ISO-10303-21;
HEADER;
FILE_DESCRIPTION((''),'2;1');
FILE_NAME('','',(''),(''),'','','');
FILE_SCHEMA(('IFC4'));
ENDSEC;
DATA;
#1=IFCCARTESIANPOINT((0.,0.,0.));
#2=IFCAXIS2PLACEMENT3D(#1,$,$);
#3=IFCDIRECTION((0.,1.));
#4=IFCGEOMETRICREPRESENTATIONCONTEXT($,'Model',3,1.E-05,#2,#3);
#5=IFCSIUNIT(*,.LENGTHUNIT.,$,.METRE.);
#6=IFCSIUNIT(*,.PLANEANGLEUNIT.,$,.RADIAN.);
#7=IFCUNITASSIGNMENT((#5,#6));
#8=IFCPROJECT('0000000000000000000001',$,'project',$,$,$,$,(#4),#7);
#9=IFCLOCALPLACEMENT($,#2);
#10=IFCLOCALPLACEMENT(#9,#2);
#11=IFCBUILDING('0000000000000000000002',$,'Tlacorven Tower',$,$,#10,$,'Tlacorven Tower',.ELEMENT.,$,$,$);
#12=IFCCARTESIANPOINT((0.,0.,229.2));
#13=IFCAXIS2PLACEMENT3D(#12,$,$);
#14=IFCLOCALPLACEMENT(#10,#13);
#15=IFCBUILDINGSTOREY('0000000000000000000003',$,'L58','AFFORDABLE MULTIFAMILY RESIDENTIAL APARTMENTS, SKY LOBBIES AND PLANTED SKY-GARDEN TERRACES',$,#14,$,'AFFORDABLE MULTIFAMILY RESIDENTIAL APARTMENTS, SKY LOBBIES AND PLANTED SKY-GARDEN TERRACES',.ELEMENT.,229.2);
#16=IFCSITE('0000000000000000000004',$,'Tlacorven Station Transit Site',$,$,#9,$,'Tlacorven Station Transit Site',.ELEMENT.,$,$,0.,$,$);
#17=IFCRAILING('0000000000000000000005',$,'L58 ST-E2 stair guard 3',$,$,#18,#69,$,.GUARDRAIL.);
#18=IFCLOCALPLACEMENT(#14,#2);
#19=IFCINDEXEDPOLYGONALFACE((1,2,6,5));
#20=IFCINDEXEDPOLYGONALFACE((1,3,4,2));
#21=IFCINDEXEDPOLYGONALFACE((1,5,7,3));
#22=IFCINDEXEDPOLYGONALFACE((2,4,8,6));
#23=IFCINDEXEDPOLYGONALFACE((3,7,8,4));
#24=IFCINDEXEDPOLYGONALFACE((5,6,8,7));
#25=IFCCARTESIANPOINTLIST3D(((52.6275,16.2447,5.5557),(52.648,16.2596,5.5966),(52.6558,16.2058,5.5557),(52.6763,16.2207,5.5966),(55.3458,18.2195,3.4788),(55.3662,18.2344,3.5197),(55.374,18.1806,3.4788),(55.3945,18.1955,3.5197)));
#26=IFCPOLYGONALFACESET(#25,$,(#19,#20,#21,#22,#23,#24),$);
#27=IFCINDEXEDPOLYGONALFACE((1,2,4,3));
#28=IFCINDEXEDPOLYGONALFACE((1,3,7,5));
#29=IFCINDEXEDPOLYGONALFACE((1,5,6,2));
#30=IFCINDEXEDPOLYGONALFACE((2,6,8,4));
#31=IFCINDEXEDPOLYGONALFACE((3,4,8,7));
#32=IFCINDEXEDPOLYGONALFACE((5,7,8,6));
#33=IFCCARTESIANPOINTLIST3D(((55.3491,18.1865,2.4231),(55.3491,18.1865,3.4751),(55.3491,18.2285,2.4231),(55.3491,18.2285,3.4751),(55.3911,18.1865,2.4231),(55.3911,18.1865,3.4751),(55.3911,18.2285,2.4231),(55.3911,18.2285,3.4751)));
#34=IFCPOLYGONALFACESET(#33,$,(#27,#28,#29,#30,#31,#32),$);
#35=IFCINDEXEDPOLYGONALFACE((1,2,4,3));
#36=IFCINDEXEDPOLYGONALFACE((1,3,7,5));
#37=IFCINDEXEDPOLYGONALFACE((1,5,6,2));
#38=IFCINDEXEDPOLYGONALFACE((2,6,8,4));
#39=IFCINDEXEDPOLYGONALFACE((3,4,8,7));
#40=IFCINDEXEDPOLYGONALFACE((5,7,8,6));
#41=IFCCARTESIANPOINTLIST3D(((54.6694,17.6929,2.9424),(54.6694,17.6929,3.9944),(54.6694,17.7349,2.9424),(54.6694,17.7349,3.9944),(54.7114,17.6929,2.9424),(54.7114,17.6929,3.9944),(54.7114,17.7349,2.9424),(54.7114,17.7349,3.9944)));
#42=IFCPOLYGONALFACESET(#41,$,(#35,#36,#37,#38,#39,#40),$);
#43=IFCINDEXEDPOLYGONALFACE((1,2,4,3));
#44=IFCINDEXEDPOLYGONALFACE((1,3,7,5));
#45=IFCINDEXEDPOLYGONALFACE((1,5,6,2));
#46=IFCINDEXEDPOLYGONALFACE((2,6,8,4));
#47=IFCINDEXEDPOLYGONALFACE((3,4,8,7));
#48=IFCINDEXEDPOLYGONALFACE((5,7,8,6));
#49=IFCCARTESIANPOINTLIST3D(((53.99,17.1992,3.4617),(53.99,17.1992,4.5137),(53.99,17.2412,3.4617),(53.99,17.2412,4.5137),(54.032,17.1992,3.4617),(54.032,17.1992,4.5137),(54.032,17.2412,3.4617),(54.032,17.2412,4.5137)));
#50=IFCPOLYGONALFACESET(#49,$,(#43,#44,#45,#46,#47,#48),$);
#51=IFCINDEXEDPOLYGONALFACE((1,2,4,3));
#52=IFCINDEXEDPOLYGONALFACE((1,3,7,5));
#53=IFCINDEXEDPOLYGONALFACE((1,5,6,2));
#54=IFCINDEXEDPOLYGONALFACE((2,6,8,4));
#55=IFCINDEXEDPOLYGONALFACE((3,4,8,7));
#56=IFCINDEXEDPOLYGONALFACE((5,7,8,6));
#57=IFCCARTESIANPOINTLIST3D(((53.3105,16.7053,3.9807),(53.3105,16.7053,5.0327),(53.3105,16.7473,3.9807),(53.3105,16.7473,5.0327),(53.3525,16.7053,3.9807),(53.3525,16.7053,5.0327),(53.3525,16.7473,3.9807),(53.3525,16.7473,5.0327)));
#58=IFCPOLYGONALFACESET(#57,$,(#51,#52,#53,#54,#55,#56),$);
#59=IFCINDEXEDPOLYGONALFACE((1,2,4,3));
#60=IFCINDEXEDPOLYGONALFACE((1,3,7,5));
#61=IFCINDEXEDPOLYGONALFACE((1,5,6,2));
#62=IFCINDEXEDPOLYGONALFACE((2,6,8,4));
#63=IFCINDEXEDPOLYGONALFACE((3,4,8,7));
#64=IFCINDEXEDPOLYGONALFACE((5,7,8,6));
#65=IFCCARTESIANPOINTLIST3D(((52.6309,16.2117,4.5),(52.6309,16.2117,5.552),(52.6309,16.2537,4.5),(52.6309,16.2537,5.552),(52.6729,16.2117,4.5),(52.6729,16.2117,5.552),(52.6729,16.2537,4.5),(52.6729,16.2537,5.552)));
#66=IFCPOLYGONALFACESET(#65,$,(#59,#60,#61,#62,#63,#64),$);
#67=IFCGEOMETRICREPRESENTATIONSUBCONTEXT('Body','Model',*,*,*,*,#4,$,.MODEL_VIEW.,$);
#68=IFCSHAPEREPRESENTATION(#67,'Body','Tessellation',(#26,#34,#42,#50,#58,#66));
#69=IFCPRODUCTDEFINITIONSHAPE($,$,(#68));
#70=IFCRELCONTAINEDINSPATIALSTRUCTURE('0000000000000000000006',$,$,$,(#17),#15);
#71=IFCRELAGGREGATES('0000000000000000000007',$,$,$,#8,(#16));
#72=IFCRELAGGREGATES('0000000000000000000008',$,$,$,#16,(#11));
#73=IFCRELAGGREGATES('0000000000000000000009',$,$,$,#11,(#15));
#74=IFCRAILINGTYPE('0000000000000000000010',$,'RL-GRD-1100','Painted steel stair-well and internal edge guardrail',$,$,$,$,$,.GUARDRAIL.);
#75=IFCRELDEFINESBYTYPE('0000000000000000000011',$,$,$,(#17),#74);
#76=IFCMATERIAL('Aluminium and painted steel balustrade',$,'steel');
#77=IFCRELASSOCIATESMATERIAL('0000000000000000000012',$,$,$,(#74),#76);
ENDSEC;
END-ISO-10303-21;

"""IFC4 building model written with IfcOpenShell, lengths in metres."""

from ifc_helpers import new_model, si_unit, direction, frame, origin, origin_2d, place, context, subcontext, project, spatial, rectangle, extrude, source, transform, mapped, material, type_object, element, save


model = new_model("IFC4")

# Units and contexts
model_context = context("Model", 3, precision=1e-05, world=origin(), true_north=direction((0.0, 1.0)))
body_context = subcontext(model_context, "Body", "Model", "MODEL_VIEW")
ifc_project = project(units=[si_unit("LENGTHUNIT", "METRE"), si_unit("PLANEANGLEUNIT", "RADIAN")], contexts=[model_context])

# Site, building, storey
site_placement = place(None, origin())
site = spatial("IfcSite", under=ifc_project, at=site_placement, Name="Tlacorven Station Transit Site", LongName="Tlacorven Station Transit Site", CompositionType="ELEMENT", RefElevation=0.0)
building_placement = place(site_placement, origin())
building = spatial("IfcBuilding", under=site, at=building_placement, Name="Tlacorven Tower", LongName="Tlacorven Tower", CompositionType="ELEMENT")
storey_placement = place(building_placement, frame((0.0, 0.0, 229.2)))
storey = spatial("IfcBuildingStorey", under=building, at=storey_placement, Name="L58", Description="AFFORDABLE MULTIFAMILY RESIDENTIAL APARTMENTS, SKY LOBBIES AND PLANTED SKY-GARDEN TERRACES", LongName="AFFORDABLE MULTIFAMILY RESIDENTIAL APARTMENTS, SKY LOBBIES AND PLANTED SKY-GARDEN TERRACES", CompositionType="ELEMENT", Elevation=229.2)

# Shared definitions
ifc_material_1 = material(Name="Aluminium and painted steel balustrade", Category="steel")

# Railing
railing_type_1 = type_object("IfcRailingType", Name="RL-GRD-1100", Description="Painted steel stair-well and internal edge guardrail", PredefinedType="GUARDRAIL", material=ifc_material_1)
shared_shape_1 = source(origin(), body_context, "Body", "SweptSolid", [
    extrude(rectangle(XDim=0.0481, YDim=0.0481, at=origin_2d()), frame((0.0, 0.0, 1.0762), z_axis=(-0.688167, -0.499963, 0.525798), x_axis=(0.58777, -0.809028, 0.0)), (0.0, 0.0, 1.0), 3.95),
    extrude(rectangle(XDim=0.042, YDim=0.042, at=origin_2d()), origin(), (0.0, 0.0, 1.0), 1.052),
    extrude(rectangle(XDim=0.042, YDim=0.042, at=origin_2d()), frame((-0.6797, -0.4937, 0.5193)), (0.0, 0.0, 1.0), 1.052),
    extrude(rectangle(XDim=0.042, YDim=0.042, at=origin_2d()), frame((-1.3591, -0.9873, 1.0386)), (0.0, 0.0, 1.0), 1.052),
    extrude(rectangle(XDim=0.042, YDim=0.042, at=origin_2d()), frame((-2.0386, -1.4812, 1.5576)), (0.0, 0.0, 1.0), 1.052),
    extrude(rectangle(XDim=0.042, YDim=0.042, at=origin_2d()), frame((-2.7183, -1.9749, 2.0769)), (0.0, 0.0, 1.0), 1.052),
])
railing_1_placement = place(storey_placement, frame((55.3701, 18.2075, 2.4231)))
element("IfcRailing", 1, at=railing_1_placement, inside=storey, type_object=railing_type_1, Name="L58 ST-E2 stair guard 3", PredefinedType="GUARDRAIL", context=body_context, shape_type="MappedRepresentation", body=[
    mapped(shared_shape_1, transform((0.0, 0.0, 0.0), scale=1.0)),
])

save(model, "model.ifc")
